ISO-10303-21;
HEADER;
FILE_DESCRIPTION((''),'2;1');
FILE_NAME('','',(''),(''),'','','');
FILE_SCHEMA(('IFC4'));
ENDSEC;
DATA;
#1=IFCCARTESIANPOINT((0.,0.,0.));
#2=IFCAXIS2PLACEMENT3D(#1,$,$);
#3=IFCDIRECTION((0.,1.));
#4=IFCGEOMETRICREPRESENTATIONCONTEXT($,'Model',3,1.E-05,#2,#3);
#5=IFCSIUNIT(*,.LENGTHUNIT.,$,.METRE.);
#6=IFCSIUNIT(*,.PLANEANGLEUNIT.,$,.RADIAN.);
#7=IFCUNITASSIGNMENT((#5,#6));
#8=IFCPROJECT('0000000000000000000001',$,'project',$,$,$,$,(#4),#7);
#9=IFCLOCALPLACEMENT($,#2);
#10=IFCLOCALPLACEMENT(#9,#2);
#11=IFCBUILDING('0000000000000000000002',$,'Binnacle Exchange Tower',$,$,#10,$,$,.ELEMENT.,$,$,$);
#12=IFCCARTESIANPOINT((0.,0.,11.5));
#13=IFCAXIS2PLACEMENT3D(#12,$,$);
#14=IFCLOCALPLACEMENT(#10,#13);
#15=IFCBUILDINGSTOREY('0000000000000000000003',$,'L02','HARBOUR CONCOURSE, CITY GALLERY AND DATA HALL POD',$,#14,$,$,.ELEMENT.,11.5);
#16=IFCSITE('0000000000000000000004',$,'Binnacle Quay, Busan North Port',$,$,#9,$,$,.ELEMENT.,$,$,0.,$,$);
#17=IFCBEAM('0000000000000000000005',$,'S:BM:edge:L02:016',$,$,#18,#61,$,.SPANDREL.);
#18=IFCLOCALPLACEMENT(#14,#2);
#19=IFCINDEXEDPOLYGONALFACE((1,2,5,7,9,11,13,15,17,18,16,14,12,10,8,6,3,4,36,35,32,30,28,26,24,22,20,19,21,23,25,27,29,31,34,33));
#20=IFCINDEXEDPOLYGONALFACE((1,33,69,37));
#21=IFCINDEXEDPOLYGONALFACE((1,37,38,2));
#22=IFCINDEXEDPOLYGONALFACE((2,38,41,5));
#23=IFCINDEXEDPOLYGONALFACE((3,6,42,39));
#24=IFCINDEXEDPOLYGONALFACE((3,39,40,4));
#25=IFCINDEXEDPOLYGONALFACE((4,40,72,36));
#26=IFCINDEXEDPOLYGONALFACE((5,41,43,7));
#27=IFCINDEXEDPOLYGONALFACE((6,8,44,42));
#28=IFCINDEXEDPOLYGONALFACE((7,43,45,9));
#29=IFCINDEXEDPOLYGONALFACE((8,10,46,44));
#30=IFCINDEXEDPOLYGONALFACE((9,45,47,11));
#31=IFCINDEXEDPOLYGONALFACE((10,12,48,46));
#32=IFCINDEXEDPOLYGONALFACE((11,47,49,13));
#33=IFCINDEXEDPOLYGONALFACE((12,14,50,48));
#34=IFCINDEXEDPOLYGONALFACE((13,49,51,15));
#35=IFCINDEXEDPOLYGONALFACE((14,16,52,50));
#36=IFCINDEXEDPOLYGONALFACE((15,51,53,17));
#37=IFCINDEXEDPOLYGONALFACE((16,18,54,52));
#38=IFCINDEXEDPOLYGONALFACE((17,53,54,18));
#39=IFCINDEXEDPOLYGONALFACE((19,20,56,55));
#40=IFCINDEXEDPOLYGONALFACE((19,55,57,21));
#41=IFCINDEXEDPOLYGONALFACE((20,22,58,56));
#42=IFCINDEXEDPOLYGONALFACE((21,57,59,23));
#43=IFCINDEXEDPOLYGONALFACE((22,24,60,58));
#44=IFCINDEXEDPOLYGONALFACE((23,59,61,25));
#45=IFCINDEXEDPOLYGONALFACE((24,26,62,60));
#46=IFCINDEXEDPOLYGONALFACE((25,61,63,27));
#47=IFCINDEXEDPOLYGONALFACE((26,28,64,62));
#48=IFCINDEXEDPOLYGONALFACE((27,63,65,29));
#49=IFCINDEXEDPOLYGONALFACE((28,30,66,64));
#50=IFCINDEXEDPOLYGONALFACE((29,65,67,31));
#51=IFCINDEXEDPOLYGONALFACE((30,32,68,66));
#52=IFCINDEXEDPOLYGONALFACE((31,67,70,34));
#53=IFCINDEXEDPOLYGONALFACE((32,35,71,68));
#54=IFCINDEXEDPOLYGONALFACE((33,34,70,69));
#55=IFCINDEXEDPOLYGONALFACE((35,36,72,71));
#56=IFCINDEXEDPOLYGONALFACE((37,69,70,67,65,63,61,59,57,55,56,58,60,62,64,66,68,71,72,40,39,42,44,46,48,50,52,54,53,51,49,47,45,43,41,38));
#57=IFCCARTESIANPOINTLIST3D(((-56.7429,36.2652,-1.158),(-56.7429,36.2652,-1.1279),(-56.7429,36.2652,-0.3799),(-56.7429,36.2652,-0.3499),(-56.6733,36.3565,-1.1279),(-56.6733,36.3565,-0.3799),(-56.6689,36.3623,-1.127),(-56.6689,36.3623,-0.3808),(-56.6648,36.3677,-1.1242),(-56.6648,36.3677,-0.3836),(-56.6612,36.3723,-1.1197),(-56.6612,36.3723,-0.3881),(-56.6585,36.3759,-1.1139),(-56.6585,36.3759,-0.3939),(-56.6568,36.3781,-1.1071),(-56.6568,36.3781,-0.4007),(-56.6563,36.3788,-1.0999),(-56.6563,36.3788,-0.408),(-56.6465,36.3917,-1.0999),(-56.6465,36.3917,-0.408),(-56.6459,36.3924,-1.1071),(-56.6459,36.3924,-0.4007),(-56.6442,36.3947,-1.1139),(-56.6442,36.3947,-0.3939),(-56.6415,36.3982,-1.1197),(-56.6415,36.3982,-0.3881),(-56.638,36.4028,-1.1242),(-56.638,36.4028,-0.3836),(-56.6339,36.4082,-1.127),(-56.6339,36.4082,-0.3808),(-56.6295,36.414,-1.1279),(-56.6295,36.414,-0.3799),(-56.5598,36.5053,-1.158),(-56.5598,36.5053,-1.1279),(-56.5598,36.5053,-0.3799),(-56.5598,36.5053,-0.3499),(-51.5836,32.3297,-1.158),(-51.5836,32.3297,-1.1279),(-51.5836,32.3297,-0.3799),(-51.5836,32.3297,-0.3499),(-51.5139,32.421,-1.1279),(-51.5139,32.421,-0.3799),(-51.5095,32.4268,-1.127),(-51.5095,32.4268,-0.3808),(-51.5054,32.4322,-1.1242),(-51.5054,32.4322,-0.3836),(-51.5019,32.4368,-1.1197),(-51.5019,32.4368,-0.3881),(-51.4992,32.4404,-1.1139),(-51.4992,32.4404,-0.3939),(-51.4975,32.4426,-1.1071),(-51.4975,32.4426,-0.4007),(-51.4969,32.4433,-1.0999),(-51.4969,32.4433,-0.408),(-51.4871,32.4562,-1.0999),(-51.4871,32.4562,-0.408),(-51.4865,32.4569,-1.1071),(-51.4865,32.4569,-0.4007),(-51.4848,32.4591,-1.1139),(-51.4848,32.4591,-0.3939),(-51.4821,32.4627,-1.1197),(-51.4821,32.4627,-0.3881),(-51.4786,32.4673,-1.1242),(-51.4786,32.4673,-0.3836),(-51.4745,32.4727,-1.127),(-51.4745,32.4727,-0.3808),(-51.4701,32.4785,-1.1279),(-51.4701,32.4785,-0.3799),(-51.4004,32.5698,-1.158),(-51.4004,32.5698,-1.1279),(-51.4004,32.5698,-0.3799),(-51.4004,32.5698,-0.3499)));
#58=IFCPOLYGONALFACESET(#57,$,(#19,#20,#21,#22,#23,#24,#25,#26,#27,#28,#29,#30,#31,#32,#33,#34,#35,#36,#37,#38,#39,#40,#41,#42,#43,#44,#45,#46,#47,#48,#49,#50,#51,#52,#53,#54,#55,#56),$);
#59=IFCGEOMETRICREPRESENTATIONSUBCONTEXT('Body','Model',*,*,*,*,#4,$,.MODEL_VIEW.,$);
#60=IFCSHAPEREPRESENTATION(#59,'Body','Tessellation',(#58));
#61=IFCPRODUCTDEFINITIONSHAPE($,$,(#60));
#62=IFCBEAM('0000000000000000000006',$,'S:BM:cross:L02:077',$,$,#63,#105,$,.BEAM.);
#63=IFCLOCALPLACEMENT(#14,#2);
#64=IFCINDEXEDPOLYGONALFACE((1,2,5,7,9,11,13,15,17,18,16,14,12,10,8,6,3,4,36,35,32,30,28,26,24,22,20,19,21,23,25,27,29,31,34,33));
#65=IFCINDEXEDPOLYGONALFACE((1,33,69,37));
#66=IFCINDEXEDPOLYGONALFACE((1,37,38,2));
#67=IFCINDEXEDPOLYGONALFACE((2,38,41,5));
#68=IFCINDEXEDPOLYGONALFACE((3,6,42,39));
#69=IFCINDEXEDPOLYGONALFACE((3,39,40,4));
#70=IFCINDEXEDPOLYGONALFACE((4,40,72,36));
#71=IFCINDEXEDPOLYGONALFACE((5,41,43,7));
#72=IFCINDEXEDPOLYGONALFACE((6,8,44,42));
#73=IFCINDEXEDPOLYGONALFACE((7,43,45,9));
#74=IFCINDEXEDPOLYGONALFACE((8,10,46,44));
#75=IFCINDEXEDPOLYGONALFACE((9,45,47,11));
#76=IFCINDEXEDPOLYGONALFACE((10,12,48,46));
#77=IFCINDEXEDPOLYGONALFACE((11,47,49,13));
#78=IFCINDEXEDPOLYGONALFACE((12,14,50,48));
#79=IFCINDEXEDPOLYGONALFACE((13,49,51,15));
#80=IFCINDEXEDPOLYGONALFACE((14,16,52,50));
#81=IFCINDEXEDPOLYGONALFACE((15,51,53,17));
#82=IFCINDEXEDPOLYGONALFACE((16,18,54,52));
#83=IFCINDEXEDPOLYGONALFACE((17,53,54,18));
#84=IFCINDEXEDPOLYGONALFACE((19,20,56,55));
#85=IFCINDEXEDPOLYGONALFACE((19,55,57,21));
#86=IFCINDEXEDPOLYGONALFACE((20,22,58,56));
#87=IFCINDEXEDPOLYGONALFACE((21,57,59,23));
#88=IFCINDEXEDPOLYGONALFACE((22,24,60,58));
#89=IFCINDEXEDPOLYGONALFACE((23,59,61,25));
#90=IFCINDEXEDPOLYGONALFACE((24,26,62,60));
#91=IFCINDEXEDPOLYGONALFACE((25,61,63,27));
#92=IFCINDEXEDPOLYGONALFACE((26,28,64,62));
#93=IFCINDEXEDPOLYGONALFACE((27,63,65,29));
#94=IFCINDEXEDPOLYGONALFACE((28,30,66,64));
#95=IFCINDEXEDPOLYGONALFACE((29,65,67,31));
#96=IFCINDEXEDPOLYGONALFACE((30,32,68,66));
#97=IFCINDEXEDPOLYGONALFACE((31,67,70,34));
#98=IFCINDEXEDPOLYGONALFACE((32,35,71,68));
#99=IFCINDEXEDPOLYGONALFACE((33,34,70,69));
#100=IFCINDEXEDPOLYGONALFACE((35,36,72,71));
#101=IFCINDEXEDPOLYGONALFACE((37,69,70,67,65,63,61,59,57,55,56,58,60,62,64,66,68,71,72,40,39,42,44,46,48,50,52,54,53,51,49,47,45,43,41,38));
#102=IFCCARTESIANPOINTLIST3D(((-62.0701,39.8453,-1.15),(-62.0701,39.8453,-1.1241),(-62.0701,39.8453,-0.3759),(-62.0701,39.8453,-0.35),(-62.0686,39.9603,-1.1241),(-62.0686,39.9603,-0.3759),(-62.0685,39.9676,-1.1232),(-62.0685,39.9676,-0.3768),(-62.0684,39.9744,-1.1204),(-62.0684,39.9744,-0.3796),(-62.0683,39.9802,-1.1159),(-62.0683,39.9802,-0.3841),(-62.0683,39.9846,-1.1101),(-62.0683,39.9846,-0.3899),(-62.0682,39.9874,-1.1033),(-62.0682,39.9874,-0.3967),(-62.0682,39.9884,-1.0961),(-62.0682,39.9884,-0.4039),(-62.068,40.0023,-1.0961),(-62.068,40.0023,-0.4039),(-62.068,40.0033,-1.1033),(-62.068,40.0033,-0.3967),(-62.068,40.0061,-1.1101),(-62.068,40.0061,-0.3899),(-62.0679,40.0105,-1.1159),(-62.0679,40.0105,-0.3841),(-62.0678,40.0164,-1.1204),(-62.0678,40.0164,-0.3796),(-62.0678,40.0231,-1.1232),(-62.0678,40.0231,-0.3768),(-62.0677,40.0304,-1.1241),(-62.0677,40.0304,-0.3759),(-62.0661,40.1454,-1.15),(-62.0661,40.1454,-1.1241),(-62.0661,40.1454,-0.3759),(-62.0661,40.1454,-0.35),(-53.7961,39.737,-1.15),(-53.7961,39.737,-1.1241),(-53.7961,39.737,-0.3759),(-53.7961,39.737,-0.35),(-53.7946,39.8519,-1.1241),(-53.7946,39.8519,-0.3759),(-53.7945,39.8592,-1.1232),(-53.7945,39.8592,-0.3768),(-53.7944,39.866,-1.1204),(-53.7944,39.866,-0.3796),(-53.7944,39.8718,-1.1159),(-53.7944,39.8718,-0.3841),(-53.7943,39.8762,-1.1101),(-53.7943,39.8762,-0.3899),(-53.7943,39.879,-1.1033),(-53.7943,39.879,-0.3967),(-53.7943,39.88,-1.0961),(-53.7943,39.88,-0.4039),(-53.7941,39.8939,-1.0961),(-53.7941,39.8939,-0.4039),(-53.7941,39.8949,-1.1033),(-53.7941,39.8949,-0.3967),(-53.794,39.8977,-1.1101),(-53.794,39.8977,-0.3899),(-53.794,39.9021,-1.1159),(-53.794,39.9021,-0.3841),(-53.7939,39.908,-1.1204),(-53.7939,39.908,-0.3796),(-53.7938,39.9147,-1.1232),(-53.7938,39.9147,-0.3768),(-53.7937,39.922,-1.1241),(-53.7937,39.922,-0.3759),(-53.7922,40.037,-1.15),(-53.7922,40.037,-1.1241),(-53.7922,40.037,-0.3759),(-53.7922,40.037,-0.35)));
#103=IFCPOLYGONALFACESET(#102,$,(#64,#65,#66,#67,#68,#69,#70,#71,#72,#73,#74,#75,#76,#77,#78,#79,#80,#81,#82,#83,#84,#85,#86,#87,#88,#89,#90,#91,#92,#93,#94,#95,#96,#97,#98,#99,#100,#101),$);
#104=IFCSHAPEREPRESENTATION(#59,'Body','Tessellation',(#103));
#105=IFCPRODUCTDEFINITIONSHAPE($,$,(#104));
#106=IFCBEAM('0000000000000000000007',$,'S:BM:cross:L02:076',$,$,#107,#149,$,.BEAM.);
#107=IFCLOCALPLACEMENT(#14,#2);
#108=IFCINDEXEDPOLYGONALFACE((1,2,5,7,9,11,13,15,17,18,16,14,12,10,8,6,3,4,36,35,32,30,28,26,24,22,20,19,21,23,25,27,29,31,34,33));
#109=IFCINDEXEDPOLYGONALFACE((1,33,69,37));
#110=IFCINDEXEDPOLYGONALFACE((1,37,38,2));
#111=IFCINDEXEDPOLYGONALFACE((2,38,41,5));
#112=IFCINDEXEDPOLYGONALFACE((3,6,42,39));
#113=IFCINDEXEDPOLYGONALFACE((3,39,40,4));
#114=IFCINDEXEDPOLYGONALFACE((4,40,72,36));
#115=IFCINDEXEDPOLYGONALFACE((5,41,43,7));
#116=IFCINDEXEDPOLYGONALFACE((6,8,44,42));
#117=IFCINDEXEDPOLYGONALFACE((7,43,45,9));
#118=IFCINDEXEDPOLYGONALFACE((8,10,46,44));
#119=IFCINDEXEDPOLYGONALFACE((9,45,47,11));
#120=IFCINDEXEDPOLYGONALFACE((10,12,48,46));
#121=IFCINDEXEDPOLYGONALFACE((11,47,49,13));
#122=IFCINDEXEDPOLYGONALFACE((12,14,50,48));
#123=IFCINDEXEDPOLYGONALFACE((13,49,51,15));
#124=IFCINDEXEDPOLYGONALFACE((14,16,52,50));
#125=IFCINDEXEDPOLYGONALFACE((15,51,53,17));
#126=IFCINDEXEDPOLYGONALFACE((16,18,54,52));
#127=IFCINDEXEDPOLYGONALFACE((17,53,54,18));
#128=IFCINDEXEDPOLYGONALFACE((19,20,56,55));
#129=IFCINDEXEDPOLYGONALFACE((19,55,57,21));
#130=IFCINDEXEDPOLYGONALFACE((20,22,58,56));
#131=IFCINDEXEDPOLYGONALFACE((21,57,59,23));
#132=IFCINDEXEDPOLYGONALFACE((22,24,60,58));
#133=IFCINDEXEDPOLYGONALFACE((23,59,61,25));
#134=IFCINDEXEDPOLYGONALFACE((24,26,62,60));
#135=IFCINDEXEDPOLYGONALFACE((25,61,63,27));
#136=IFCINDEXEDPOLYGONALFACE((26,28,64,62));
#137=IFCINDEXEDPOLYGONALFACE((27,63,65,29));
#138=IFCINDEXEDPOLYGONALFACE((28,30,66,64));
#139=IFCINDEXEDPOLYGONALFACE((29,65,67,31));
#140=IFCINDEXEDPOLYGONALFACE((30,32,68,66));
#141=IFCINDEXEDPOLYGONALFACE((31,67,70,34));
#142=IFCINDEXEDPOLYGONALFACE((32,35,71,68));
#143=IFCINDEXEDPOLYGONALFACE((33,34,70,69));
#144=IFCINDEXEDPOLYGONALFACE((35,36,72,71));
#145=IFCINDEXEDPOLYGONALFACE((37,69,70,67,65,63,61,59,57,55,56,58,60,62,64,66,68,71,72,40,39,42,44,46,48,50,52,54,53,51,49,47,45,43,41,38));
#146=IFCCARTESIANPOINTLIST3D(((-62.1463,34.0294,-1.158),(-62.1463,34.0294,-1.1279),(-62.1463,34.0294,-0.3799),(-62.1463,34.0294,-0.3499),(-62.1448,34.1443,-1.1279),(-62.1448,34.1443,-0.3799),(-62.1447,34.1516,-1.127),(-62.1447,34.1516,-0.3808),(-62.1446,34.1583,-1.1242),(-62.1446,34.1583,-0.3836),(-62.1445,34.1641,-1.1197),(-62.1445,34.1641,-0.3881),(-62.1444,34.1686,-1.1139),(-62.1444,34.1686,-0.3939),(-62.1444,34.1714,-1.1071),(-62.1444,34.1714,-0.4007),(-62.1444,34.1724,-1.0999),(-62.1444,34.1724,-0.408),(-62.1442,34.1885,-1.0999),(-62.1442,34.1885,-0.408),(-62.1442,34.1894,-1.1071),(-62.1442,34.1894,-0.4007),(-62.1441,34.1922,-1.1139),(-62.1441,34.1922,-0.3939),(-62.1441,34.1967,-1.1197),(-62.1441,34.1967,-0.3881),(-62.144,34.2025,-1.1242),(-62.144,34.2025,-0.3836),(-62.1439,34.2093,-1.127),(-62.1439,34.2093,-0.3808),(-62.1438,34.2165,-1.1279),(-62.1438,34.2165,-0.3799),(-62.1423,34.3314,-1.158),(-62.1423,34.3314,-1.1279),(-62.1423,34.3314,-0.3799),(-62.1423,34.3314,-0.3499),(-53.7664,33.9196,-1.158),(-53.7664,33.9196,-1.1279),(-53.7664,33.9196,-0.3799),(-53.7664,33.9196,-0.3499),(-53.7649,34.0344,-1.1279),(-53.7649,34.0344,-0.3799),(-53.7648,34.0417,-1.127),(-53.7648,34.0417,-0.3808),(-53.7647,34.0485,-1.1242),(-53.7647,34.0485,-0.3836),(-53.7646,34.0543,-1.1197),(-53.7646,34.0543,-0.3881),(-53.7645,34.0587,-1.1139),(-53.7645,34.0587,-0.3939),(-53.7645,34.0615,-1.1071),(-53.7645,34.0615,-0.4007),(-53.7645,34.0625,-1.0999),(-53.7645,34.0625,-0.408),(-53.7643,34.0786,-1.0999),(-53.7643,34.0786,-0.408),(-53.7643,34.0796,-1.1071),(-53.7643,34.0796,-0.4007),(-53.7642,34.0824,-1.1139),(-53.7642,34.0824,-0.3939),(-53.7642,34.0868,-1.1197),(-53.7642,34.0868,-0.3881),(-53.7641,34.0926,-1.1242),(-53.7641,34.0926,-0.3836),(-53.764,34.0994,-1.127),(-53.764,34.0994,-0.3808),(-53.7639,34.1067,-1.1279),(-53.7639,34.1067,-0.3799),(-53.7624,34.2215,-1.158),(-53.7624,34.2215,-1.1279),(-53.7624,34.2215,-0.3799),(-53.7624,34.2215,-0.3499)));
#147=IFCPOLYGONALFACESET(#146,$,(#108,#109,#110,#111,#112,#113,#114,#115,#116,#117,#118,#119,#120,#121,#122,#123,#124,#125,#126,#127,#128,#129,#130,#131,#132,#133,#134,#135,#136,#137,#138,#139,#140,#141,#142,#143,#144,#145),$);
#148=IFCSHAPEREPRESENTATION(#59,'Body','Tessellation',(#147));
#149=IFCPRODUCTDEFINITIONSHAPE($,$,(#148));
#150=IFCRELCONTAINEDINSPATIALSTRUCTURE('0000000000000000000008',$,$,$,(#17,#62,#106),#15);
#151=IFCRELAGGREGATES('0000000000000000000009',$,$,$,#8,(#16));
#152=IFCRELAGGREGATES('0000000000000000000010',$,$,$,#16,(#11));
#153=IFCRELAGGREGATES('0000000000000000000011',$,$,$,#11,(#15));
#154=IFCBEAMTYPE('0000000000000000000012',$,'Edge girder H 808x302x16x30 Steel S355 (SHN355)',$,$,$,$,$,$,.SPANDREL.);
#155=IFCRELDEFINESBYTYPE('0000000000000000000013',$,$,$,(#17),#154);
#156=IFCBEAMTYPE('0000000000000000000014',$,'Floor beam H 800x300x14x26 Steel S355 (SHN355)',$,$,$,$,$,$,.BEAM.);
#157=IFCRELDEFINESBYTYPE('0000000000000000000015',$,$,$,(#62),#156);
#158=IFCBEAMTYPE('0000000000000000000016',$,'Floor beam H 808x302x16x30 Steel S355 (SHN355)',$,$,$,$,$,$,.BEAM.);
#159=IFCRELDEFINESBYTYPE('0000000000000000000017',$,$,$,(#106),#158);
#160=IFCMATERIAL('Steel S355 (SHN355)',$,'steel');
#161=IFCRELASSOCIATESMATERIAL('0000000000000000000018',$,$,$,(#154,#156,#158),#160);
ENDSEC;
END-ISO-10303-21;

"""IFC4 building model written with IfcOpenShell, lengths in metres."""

from ifc_helpers import new_model, si_unit, direction, frame, origin, origin_2d, place, context, subcontext, project, spatial, i_section, extrude, material, material_profile, profile_set, type_object, element, save


model = new_model("IFC4")

# Units and contexts
model_context = context("Model", 3, precision=1e-05, world=origin(), true_north=direction((0.0, 1.0)))
body_context = subcontext(model_context, "Body", "Model", "MODEL_VIEW")
ifc_project = project(units=[si_unit("LENGTHUNIT", "METRE"), si_unit("PLANEANGLEUNIT", "RADIAN")], contexts=[model_context])

# Site, building, storey
site_placement = place(None, origin())
site = spatial("IfcSite", under=ifc_project, at=site_placement, Name="Binnacle Quay, Busan North Port", CompositionType="ELEMENT", RefElevation=0.0)
building_placement = place(site_placement, origin())
building = spatial("IfcBuilding", under=site, at=building_placement, Name="Binnacle Exchange Tower", CompositionType="ELEMENT")
storey_placement = place(building_placement, frame((0.0, 0.0, 11.5)))
storey = spatial("IfcBuildingStorey", under=building, at=storey_placement, Name="L02", Description="HARBOUR CONCOURSE, CITY GALLERY AND DATA HALL POD", CompositionType="ELEMENT", Elevation=11.5)

# Beams
ifc_material_1 = material(Name="Steel S355 (SHN355)", Category="steel")
ifc_material_profile_1 = material_profile(ifc_material_1, i_section(OverallWidth=0.302, OverallDepth=0.8081, WebThickness=0.0161, FlangeThickness=0.03, FilletRadius=0.0281, at=origin_2d()), Name="H 808x302x16x30")
ifc_profile_set_1 = profile_set([ifc_material_profile_1], Name="Steel S355 (SHN355)")
beam_type_1 = type_object("IfcBeamType", Name="Edge girder H 808x302x16x30 Steel S355 (SHN355)", PredefinedType="SPANDREL", material=ifc_profile_set_1)
beam_1_placement = place(storey_placement, frame((-56.6514, 36.3853, -0.7539), z_axis=(0.795093, -0.606487, 0.0), x_axis=(0.606487, 0.795093, 0.0)))
element("IfcBeam", 1, at=beam_1_placement, inside=storey, type_object=beam_type_1, Name="S:BM:edge:L02:016", PredefinedType="SPANDREL", context=body_context, shape_type="SweptSolid", body=[
    extrude(i_section(OverallWidth=0.302, OverallDepth=0.8081, WebThickness=0.0161, FlangeThickness=0.03, FilletRadius=0.0281, at=origin_2d()), origin(), (0.0, 0.0, 1.0), 6.489),
])
ifc_material_profile_2 = material_profile(ifc_material_1, i_section(OverallWidth=0.3, OverallDepth=0.8, WebThickness=0.0139, FlangeThickness=0.0259, FilletRadius=0.0281, at=origin_2d()), Name="H 800x300x14x26")
ifc_profile_set_2 = profile_set([ifc_material_profile_2], Name="Steel S355 (SHN355)")
beam_type_2 = type_object("IfcBeamType", Name="Floor beam H 800x300x14x26 Steel S355 (SHN355)", PredefinedType="BEAM", material=ifc_profile_set_2)
beam_2_placement = place(storey_placement, frame((-62.0681, 39.9954, -0.75), z_axis=(0.999914, -0.0131, 0.0), x_axis=(0.0131, 0.999914, 0.0)))
element("IfcBeam", 2, at=beam_2_placement, inside=storey, type_object=beam_type_2, Name="S:BM:cross:L02:077", PredefinedType="BEAM", context=body_context, shape_type="SweptSolid", body=[
    extrude(i_section(OverallWidth=0.3, OverallDepth=0.8, WebThickness=0.0139, FlangeThickness=0.0259, FilletRadius=0.0281, at=origin_2d()), origin(), (0.0, 0.0, 1.0), 8.2747),
])
ifc_material_profile_3 = material_profile(ifc_material_1, i_section(OverallWidth=0.302, OverallDepth=0.8081, WebThickness=0.0161, FlangeThickness=0.03, FilletRadius=0.0281, at=origin_2d()), Name="H 808x302x16x30")
ifc_profile_set_3 = profile_set([ifc_material_profile_3], Name="Steel S355 (SHN355)")
beam_type_3 = type_object("IfcBeamType", Name="Floor beam H 808x302x16x30 Steel S355 (SHN355)", PredefinedType="BEAM", material=ifc_profile_set_3)
beam_3_placement = place(storey_placement, frame((-62.1443, 34.1804, -0.7539), z_axis=(0.999914, -0.013109, 0.0), x_axis=(0.013109, 0.999914, 0.0)))
element("IfcBeam", 3, at=beam_3_placement, inside=storey, type_object=beam_type_3, Name="S:BM:cross:L02:076", PredefinedType="BEAM", context=body_context, shape_type="SweptSolid", body=[
    extrude(i_section(OverallWidth=0.302, OverallDepth=0.8081, WebThickness=0.0161, FlangeThickness=0.03, FilletRadius=0.0281, at=origin_2d()), origin(), (0.0, 0.0, 1.0), 8.3806),
])

save(model, "model.ifc")
